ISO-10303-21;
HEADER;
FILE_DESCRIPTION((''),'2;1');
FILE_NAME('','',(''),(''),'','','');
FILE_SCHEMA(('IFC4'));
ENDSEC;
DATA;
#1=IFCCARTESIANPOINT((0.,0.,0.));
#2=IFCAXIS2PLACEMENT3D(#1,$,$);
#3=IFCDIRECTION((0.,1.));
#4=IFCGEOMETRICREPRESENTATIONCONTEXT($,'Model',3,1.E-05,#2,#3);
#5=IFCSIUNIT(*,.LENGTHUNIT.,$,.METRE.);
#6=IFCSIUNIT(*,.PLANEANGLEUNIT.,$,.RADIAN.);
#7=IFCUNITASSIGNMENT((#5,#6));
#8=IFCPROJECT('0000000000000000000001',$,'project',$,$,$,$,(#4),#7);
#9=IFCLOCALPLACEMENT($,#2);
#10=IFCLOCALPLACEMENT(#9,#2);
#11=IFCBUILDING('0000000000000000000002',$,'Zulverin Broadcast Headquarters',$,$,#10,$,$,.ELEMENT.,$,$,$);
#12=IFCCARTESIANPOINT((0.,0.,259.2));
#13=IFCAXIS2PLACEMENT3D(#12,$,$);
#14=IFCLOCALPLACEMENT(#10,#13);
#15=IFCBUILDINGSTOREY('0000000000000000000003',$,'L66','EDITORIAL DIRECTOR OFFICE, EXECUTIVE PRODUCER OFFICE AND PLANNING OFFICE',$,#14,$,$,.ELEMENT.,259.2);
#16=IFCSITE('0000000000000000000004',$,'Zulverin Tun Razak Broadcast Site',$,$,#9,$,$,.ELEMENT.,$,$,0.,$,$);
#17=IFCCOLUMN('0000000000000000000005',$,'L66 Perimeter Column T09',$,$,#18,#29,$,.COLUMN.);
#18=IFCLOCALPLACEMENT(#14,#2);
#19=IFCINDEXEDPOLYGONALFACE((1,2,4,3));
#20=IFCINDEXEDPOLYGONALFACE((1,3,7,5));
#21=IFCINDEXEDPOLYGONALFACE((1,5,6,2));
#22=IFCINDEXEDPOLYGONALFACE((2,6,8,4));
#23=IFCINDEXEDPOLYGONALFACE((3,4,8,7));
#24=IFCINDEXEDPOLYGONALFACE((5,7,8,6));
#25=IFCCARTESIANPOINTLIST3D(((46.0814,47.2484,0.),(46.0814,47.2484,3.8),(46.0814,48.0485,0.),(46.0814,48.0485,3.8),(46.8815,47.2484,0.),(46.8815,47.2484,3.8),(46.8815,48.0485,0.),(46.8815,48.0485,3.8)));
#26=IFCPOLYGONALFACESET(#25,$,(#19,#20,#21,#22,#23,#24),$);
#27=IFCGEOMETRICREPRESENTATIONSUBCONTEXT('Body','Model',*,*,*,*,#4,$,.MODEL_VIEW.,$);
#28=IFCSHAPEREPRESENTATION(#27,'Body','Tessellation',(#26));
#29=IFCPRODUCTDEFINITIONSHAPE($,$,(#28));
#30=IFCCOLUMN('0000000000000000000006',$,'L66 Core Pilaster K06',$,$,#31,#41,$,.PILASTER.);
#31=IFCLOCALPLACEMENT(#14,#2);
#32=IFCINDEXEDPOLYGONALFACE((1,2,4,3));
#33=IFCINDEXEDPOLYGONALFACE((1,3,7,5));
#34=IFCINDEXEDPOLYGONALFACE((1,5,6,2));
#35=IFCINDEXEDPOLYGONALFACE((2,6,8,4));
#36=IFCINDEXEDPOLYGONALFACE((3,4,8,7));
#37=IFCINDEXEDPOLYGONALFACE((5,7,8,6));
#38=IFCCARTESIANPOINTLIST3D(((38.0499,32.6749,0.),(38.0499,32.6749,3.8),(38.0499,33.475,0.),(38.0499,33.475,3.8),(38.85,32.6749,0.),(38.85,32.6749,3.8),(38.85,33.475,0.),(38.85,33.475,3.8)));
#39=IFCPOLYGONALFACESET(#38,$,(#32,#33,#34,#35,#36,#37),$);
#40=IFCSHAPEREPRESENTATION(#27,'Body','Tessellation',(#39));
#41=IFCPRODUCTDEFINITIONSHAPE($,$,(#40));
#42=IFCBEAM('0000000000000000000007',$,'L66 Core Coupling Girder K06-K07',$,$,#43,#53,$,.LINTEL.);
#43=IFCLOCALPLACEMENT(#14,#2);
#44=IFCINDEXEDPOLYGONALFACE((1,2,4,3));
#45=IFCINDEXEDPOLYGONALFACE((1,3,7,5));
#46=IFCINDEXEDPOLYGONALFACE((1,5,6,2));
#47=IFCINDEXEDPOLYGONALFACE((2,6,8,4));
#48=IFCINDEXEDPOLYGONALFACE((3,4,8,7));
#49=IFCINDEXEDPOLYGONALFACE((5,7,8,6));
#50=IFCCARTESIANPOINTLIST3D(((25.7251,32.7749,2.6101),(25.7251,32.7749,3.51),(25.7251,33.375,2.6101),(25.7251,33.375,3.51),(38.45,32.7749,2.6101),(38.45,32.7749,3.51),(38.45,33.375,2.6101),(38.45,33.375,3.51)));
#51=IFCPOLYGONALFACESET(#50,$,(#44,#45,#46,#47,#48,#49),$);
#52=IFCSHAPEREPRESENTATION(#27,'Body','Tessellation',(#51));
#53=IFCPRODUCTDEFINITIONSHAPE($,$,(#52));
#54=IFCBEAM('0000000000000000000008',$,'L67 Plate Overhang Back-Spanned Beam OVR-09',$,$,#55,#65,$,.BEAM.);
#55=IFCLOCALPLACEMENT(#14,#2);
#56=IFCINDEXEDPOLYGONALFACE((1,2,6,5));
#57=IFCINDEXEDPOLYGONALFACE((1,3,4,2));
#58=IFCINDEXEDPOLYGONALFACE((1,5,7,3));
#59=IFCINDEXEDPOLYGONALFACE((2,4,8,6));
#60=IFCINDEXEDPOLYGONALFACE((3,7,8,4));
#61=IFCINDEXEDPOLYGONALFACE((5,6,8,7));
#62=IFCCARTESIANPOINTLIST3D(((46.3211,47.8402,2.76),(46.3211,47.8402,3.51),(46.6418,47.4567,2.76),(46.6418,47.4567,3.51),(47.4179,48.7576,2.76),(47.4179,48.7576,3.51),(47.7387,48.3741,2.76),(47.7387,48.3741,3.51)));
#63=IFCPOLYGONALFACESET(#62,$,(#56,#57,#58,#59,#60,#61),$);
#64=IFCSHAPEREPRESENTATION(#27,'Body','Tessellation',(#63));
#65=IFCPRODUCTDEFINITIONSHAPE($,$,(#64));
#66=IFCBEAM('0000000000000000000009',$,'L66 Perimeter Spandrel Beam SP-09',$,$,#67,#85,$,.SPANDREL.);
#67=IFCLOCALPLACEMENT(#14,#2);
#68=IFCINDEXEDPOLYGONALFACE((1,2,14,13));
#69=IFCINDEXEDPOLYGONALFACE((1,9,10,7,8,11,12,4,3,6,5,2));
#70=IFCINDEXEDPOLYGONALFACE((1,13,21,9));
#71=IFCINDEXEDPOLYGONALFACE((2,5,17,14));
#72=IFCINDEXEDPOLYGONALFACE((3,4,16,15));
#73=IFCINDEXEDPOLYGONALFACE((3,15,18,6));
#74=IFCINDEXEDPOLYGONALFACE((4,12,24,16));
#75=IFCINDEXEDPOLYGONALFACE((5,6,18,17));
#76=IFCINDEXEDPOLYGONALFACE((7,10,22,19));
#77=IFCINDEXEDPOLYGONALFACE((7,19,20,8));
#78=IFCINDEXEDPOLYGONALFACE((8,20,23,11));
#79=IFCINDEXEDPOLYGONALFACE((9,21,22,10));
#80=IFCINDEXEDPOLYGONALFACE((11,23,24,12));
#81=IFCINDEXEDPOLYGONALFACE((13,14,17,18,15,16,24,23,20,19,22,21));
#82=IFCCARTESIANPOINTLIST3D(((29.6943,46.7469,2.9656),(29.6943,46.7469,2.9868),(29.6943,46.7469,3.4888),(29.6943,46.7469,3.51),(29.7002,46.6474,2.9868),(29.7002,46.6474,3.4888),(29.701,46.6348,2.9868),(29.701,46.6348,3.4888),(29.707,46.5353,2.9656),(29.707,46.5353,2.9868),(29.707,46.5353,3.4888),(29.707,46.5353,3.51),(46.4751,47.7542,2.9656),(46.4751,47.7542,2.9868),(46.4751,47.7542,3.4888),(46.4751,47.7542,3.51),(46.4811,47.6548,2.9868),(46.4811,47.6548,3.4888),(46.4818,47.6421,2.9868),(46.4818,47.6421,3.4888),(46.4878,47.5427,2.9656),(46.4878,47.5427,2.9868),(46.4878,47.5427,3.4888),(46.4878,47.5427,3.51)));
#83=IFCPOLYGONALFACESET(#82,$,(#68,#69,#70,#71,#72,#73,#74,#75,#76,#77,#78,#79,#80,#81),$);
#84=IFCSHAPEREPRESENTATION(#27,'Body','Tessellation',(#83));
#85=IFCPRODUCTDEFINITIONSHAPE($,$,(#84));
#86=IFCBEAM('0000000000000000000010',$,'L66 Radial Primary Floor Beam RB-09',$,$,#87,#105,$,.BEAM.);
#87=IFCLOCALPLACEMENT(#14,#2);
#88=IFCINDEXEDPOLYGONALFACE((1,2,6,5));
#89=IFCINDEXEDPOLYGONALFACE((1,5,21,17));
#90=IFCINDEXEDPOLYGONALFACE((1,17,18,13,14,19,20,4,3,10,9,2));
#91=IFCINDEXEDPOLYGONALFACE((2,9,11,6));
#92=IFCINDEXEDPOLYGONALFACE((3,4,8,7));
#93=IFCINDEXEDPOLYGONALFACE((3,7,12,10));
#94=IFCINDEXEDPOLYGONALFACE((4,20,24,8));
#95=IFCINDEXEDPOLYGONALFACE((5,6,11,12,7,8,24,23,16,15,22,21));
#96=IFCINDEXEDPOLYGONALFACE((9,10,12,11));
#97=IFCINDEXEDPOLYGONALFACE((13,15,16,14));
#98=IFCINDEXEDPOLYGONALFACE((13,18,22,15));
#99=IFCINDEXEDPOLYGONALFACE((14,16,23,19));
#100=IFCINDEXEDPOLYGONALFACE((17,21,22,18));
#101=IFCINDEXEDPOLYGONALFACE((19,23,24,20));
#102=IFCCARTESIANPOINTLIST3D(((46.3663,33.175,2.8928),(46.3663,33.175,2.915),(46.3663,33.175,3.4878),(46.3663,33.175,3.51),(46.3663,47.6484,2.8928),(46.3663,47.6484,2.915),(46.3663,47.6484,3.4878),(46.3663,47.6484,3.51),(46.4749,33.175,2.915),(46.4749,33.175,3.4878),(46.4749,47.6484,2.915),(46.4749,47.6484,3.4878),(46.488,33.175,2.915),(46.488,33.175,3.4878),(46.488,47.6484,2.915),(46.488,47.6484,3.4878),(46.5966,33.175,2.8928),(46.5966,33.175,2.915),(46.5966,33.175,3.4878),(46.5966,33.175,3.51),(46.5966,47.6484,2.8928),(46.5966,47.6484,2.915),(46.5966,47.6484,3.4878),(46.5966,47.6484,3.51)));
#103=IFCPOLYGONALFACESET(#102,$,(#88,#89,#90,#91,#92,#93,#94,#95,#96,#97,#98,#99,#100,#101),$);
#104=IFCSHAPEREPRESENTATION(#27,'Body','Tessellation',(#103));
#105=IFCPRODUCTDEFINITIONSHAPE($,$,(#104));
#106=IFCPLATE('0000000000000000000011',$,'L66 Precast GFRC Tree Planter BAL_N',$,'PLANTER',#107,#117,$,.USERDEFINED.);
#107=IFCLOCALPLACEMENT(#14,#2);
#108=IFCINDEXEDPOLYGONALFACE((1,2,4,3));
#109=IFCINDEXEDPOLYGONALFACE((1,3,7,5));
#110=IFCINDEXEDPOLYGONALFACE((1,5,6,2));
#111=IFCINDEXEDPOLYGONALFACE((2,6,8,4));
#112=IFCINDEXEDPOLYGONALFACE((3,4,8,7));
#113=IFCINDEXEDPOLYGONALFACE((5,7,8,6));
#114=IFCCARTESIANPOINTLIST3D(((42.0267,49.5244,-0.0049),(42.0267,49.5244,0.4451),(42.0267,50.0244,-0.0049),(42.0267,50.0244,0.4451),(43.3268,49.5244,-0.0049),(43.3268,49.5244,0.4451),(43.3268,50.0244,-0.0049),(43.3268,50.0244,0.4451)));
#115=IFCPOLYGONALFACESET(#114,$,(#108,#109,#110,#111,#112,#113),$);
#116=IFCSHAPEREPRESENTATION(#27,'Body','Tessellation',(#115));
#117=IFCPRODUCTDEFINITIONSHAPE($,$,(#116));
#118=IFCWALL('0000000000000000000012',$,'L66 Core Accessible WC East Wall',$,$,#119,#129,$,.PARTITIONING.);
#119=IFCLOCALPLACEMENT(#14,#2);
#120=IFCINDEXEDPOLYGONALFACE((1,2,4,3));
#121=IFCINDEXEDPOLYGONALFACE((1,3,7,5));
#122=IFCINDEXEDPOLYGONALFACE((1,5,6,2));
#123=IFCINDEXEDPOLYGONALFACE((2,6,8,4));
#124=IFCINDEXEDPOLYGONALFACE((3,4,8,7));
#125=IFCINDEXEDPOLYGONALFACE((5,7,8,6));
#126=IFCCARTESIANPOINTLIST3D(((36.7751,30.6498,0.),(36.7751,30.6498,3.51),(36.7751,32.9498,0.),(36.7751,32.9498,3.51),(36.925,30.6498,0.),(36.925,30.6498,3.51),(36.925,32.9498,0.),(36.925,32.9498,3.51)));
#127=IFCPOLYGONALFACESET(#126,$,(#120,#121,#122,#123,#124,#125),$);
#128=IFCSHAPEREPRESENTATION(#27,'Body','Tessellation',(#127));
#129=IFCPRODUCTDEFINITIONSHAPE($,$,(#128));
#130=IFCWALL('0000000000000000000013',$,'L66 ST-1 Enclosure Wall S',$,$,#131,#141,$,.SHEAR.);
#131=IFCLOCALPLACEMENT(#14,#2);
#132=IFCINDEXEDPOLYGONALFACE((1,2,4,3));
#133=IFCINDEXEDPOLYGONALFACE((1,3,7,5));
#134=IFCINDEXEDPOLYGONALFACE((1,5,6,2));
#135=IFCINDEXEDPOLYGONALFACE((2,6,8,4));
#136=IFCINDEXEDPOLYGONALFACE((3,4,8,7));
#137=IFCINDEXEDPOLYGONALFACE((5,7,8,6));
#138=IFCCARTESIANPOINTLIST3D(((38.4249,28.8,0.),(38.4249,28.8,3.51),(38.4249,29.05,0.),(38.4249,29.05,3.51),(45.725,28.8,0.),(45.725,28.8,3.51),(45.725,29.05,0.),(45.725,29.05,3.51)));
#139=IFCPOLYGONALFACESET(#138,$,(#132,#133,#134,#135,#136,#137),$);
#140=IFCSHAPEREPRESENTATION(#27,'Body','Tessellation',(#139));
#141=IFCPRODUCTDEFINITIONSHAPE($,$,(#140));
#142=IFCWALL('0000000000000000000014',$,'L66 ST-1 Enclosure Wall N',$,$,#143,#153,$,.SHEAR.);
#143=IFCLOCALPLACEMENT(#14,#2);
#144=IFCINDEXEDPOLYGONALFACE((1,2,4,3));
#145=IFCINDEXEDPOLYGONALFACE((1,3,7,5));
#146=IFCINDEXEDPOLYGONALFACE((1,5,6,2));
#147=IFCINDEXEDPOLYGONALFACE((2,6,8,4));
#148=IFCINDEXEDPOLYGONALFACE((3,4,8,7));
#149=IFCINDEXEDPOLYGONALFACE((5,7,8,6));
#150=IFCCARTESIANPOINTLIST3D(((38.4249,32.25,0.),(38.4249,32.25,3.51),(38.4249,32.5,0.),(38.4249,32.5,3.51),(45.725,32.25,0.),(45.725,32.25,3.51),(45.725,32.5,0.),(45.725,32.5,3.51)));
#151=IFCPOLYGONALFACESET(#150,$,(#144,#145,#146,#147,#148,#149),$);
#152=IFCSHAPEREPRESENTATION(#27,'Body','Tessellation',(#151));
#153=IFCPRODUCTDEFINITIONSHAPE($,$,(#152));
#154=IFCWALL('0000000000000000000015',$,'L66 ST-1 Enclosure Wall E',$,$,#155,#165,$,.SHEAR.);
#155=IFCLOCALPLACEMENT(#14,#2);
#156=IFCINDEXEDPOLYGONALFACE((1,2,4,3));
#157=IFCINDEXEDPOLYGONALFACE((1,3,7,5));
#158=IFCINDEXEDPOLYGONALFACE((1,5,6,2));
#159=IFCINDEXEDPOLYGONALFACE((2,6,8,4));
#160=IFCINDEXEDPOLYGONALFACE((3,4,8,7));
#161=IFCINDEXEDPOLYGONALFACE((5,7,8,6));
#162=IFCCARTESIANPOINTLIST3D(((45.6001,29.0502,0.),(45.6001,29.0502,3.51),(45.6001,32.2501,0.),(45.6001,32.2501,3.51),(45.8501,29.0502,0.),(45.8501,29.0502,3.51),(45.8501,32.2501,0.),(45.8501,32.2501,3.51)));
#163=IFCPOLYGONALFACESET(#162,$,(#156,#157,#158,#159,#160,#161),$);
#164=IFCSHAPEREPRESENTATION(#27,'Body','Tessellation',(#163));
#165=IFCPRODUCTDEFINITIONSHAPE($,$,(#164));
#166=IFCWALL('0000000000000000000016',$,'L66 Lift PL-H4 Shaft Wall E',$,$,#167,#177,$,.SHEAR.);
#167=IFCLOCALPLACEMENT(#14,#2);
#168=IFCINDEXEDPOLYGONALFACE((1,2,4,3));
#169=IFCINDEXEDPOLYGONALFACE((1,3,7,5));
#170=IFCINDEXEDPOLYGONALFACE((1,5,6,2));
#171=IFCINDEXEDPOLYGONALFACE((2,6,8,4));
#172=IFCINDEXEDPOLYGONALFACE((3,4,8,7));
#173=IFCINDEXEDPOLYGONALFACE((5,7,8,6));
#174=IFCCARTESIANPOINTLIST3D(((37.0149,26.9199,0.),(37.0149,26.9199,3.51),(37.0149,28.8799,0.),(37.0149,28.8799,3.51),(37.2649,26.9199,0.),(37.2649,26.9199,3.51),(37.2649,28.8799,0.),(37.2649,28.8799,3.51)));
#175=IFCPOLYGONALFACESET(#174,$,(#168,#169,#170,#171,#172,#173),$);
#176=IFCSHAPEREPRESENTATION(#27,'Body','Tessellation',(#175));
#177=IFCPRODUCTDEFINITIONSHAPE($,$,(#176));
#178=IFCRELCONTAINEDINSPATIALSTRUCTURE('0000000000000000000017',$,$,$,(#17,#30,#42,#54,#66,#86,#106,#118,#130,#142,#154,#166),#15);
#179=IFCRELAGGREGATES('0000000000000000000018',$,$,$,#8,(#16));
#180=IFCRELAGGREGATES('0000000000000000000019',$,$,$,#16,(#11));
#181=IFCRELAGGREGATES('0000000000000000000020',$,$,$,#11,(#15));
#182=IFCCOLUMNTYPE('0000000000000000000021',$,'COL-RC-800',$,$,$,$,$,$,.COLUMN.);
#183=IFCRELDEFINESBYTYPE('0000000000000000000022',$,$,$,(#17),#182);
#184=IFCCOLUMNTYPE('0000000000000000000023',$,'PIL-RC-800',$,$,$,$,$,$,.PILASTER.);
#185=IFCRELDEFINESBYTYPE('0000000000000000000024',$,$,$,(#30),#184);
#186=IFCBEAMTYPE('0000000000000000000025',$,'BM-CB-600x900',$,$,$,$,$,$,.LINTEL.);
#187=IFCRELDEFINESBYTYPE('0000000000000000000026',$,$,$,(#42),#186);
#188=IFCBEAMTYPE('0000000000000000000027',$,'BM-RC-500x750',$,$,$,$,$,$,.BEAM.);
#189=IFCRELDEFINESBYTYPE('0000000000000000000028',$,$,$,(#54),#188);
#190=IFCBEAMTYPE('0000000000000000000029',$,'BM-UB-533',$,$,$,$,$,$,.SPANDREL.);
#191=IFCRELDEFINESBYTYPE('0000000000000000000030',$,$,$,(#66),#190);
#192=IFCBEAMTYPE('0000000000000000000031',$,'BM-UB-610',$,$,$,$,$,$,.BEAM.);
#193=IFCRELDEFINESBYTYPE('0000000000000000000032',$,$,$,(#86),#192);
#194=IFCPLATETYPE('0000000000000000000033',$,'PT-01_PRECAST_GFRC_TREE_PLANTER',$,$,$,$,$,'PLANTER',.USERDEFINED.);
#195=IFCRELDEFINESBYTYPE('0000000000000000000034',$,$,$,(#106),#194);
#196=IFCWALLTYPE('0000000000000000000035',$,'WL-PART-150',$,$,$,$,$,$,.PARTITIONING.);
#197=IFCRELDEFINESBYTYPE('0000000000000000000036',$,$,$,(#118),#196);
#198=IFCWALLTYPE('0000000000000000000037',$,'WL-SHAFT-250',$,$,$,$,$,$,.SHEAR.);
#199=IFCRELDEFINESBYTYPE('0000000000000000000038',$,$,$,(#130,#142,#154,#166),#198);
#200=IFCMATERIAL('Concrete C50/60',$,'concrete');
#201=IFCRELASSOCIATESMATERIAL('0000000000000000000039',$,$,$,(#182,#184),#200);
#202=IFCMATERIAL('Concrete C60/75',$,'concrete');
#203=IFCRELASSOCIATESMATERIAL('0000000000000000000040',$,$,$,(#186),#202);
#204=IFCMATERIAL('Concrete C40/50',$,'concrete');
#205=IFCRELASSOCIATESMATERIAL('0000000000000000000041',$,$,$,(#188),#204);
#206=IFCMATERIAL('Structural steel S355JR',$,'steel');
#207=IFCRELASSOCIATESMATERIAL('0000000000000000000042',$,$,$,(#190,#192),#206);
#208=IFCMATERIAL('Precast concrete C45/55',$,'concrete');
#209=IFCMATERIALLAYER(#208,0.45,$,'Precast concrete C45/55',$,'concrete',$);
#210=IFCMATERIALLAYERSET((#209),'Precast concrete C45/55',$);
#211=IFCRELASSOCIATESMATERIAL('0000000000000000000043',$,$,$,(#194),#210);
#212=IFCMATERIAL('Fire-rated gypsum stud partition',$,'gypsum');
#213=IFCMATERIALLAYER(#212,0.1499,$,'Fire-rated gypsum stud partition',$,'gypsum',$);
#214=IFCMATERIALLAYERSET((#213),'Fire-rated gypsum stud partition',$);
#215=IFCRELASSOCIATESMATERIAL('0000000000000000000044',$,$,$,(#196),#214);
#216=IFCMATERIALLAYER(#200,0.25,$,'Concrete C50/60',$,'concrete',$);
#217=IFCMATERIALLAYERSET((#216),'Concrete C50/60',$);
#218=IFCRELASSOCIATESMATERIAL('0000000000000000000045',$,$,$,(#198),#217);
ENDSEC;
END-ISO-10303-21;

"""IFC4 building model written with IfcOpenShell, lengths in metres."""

from ifc_helpers import new_model, si_unit, direction, frame, frame_2d, origin, origin_2d, place, context, subcontext, project, spatial, rectangle, i_section, extrude, material, layer, layer_set, material_profile, profile_set, type_object, element, save


model = new_model("IFC4")

# Units and contexts
model_context = context("Model", 3, precision=1e-05, world=origin(), true_north=direction((0.0, 1.0)))
body_context = subcontext(model_context, "Body", "Model", "MODEL_VIEW")
ifc_project = project(units=[si_unit("LENGTHUNIT", "METRE"), si_unit("PLANEANGLEUNIT", "RADIAN")], contexts=[model_context])

# Site, building, storey
site_placement = place(None, origin())
site = spatial("IfcSite", under=ifc_project, at=site_placement, Name="Zulverin Tun Razak Broadcast Site", CompositionType="ELEMENT", RefElevation=0.0)
building_placement = place(site_placement, origin())
building = spatial("IfcBuilding", under=site, at=building_placement, Name="Zulverin Broadcast Headquarters", CompositionType="ELEMENT")
storey_placement = place(building_placement, frame((0.0, 0.0, 259.2)))
storey = spatial("IfcBuildingStorey", under=building, at=storey_placement, Name="L66", Description="EDITORIAL DIRECTOR OFFICE, EXECUTIVE PRODUCER OFFICE AND PLANNING OFFICE", CompositionType="ELEMENT", Elevation=259.2)

# Columns
ifc_material_1 = material(Name="Concrete C50/60", Category="concrete")
ifc_material_profile_1 = material_profile(ifc_material_1, rectangle(XDim=0.8, YDim=0.8, at=origin_2d()), Name="Concrete C50/60", Category="concrete")
ifc_profile_set_1 = profile_set([ifc_material_profile_1], Name="Concrete C50/60")
column_type_1 = type_object("IfcColumnType", Name="COL-RC-800", PredefinedType="COLUMN", material=ifc_profile_set_1)
column_1_placement = place(storey_placement, frame((46.4814, 47.6484, 0.0), z_axis=(0.0, 0.0, 1.0), x_axis=(1.0, 0.0, 0.0)))
element("IfcColumn", 1, at=column_1_placement, inside=storey, type_object=column_type_1, Name="L66 Perimeter Column T09", PredefinedType="COLUMN", context=body_context, shape_type="SweptSolid", body=[
    extrude(rectangle(XDim=0.8, YDim=0.8, at=origin_2d()), origin(), (0.0, 0.0, 1.0), 3.8),
])
ifc_material_profile_2 = material_profile(ifc_material_1, rectangle(XDim=0.8, YDim=0.8, at=origin_2d()), Name="Concrete C50/60", Category="concrete")
ifc_profile_set_2 = profile_set([ifc_material_profile_2], Name="Concrete C50/60")
column_type_2 = type_object("IfcColumnType", Name="PIL-RC-800", PredefinedType="PILASTER", material=ifc_profile_set_2)
column_2_placement = place(storey_placement, frame((38.45, 33.075, 0.0), z_axis=(0.0, 0.0, 1.0), x_axis=(1.0, 0.0, 0.0)))
element("IfcColumn", 2, at=column_2_placement, inside=storey, type_object=column_type_2, Name="L66 Core Pilaster K06", PredefinedType="PILASTER", context=body_context, shape_type="SweptSolid", body=[
    extrude(rectangle(XDim=0.8, YDim=0.8, at=origin_2d()), origin(), (0.0, 0.0, 1.0), 3.8),
])

# Beams
ifc_material_2 = material(Name="Concrete C60/75", Category="concrete")
ifc_material_profile_3 = material_profile(ifc_material_2, rectangle(XDim=0.6001, YDim=0.8999, at=origin_2d()), Name="Concrete C60/75", Category="concrete")
ifc_profile_set_3 = profile_set([ifc_material_profile_3], Name="Concrete C60/75")
beam_type_1 = type_object("IfcBeamType", Name="BM-CB-600x900", PredefinedType="LINTEL", material=ifc_profile_set_3)
beam_1_placement = place(storey_placement, frame((38.45, 33.075, 3.0601), z_axis=(-1.0, 0.0, 0.0), x_axis=(0.0, -1.0, 0.0)))
element("IfcBeam", 3, at=beam_1_placement, inside=storey, type_object=beam_type_1, Name="L66 Core Coupling Girder K06-K07", PredefinedType="LINTEL", context=body_context, shape_type="SweptSolid", body=[
    extrude(rectangle(XDim=0.6001, YDim=0.8999, at=origin_2d()), origin(), (0.0, 0.0, 1.0), 12.7249),
])
ifc_material_3 = material(Name="Concrete C40/50", Category="concrete")
ifc_material_profile_4 = material_profile(ifc_material_3, rectangle(XDim=0.5, YDim=0.75, at=origin_2d()), Name="Concrete C40/50", Category="concrete")
ifc_profile_set_4 = profile_set([ifc_material_profile_4], Name="Concrete C40/50")
beam_type_2 = type_object("IfcBeamType", Name="BM-RC-500x750", PredefinedType="BEAM", material=ifc_profile_set_4)
beam_2_placement = place(storey_placement, frame((46.4814, 47.6484, 3.135), z_axis=(0.767059, 0.641577, 0.0), x_axis=(-0.641577, 0.767059, 0.0)))
element("IfcBeam", 4, at=beam_2_placement, inside=storey, type_object=beam_type_2, Name="L67 Plate Overhang Back-Spanned Beam OVR-09", PredefinedType="BEAM", context=body_context, shape_type="SweptSolid", body=[
    extrude(rectangle(XDim=0.5, YDim=0.75, at=origin_2d()), origin(), (0.0, 0.0, 1.0), 1.4299),
])
ifc_material_4 = material(Name="Structural steel S355JR", Category="steel")
ifc_material_profile_5 = material_profile(ifc_material_4, i_section(OverallWidth=0.2119, OverallDepth=0.5444, WebThickness=0.0127, FlangeThickness=0.0212, at=origin_2d()), Name="Structural steel S355JR", Category="steel")
ifc_profile_set_5 = profile_set([ifc_material_profile_5], Name="Structural steel S355JR")
beam_type_3 = type_object("IfcBeamType", Name="BM-UB-533", PredefinedType="SPANDREL", material=ifc_profile_set_5)
beam_3_placement = place(storey_placement, frame((46.4814, 47.6484, 3.2378), z_axis=(-0.998203, -0.059921, 0.0), x_axis=(0.059921, -0.998203, 0.0)))
element("IfcBeam", 5, at=beam_3_placement, inside=storey, type_object=beam_type_3, Name="L66 Perimeter Spandrel Beam SP-09", PredefinedType="SPANDREL", context=body_context, shape_type="SweptSolid", body=[
    extrude(i_section(OverallWidth=0.2119, OverallDepth=0.5444, WebThickness=0.0127, FlangeThickness=0.0212, at=origin_2d()), origin(), (0.0, 0.0, 1.0), 16.811),
])
ifc_material_profile_6 = material_profile(ifc_material_4, i_section(OverallWidth=0.2302, OverallDepth=0.6172, WebThickness=0.0132, FlangeThickness=0.0222, at=origin_2d()), Name="Structural steel S355JR", Category="steel")
ifc_profile_set_6 = profile_set([ifc_material_profile_6], Name="Structural steel S355JR")
beam_type_4 = type_object("IfcBeamType", Name="BM-UB-610", PredefinedType="BEAM", material=ifc_profile_set_6)
beam_4_placement = place(storey_placement, frame((46.4814, 33.175, 3.2014), z_axis=(0.0, 1.0, 0.0), x_axis=(-1.0, 0.0, 0.0)))
element("IfcBeam", 6, at=beam_4_placement, inside=storey, type_object=beam_type_4, Name="L66 Radial Primary Floor Beam RB-09", PredefinedType="BEAM", context=body_context, shape_type="SweptSolid", body=[
    extrude(i_section(OverallWidth=0.2302, OverallDepth=0.6172, WebThickness=0.0132, FlangeThickness=0.0222, at=origin_2d()), origin(), (0.0, 0.0, 1.0), 14.4734),
])

# Plate
ifc_material_5 = material(Name="Precast concrete C45/55", Category="concrete")
ifc_layer_1 = layer(ifc_material_5, 0.45, Name="Precast concrete C45/55", Category="concrete")
ifc_layer_set_1 = layer_set([ifc_layer_1], Name="Precast concrete C45/55")
plate_type = type_object("IfcPlateType", Name="PT-01_PRECAST_GFRC_TREE_PLANTER", ElementType="PLANTER", PredefinedType="USERDEFINED", material=ifc_layer_set_1)
plate_placement = place(storey_placement, frame((42.6768, 49.7744, -0.0049), z_axis=(0.0, 0.0, 1.0), x_axis=(1.0, 0.0, 0.0)))
element("IfcPlate", 7, at=plate_placement, inside=storey, type_object=plate_type, Name="L66 Precast GFRC Tree Planter BAL_N", ObjectType="PLANTER", PredefinedType="USERDEFINED", context=body_context, shape_type="SweptSolid", body=[
    extrude(rectangle(XDim=1.3, YDim=0.5, at=origin_2d()), origin(), (0.0, 0.0, 1.0), 0.45),
])

# Walls
ifc_material_6 = material(Name="Fire-rated gypsum stud partition", Category="gypsum")
ifc_layer_2 = layer(ifc_material_6, 0.1499, Name="Fire-rated gypsum stud partition", Category="gypsum")
ifc_layer_set_2 = layer_set([ifc_layer_2], Name="Fire-rated gypsum stud partition")
wall_type_1 = type_object("IfcWallType", Name="WL-PART-150", PredefinedType="PARTITIONING", material=ifc_layer_set_2)
wall_1_placement = place(storey_placement, frame((36.8501, 30.6499, 0.0), z_axis=(0.0, 0.0, 1.0), x_axis=(0.0, 1.0, 0.0)))
element("IfcWall", 8, at=wall_1_placement, inside=storey, type_object=wall_type_1, Name="L66 Core Accessible WC East Wall", PredefinedType="PARTITIONING", context=body_context, shape_type="SweptSolid", body=[
    extrude(rectangle(XDim=2.3, YDim=0.1499, at=frame_2d((1.1499, 0.0))), origin(), (0.0, 0.0, 1.0), 3.51),
])
ifc_layer_3 = layer(ifc_material_1, 0.25, Name="Concrete C50/60", Category="concrete")
ifc_layer_set_3 = layer_set([ifc_layer_3], Name="Concrete C50/60")
wall_type_2 = type_object("IfcWallType", Name="WL-SHAFT-250", PredefinedType="SHEAR", material=ifc_layer_set_3)
for number, where, z_axis, x_axis, name in (
    (9, (38.425, 28.925, 0.0), (0.0, 0.0, 1.0), (1.0, 0.0, 0.0), "L66 ST-1 Enclosure Wall S"),
    (10, (38.425, 32.375, 0.0), (0.0, 0.0, 1.0), (1.0, 0.0, 0.0), "L66 ST-1 Enclosure Wall N"),
):
    element("IfcWall", number, at=place(storey_placement, frame(where, z_axis=z_axis, x_axis=x_axis)), inside=storey, type_object=wall_type_2, Name=name, PredefinedType="SHEAR", context=body_context, shape_type="SweptSolid", body=[
        extrude(rectangle(XDim=7.3, YDim=0.25, at=frame_2d((3.6499, 0.0))), origin(), (0.0, 0.0, 1.0), 3.51),
    ])

# Walls
wall_2_placement = place(storey_placement, frame((45.7251, 29.05, 0.0), z_axis=(0.0, 0.0, 1.0), x_axis=(0.0, 1.0, 0.0)))
element("IfcWall", 11, at=wall_2_placement, inside=storey, type_object=wall_type_2, Name="L66 ST-1 Enclosure Wall E", PredefinedType="SHEAR", context=body_context, shape_type="SweptSolid", body=[
    extrude(rectangle(XDim=3.2, YDim=0.25, at=frame_2d((1.6001, 0.0))), origin(), (0.0, 0.0, 1.0), 3.51),
])
wall_3_placement = place(storey_placement, frame((37.1399, 26.9199, 0.0), z_axis=(0.0, 0.0, 1.0), x_axis=(0.0, 1.0, 0.0)))
element("IfcWall", 12, at=wall_3_placement, inside=storey, type_object=wall_type_2, Name="L66 Lift PL-H4 Shaft Wall E", PredefinedType="SHEAR", context=body_context, shape_type="SweptSolid", body=[
    extrude(rectangle(XDim=1.96, YDim=0.25, at=frame_2d((0.98, 0.0))), origin(), (0.0, 0.0, 1.0), 3.51),
])

save(model, "model.ifc")
